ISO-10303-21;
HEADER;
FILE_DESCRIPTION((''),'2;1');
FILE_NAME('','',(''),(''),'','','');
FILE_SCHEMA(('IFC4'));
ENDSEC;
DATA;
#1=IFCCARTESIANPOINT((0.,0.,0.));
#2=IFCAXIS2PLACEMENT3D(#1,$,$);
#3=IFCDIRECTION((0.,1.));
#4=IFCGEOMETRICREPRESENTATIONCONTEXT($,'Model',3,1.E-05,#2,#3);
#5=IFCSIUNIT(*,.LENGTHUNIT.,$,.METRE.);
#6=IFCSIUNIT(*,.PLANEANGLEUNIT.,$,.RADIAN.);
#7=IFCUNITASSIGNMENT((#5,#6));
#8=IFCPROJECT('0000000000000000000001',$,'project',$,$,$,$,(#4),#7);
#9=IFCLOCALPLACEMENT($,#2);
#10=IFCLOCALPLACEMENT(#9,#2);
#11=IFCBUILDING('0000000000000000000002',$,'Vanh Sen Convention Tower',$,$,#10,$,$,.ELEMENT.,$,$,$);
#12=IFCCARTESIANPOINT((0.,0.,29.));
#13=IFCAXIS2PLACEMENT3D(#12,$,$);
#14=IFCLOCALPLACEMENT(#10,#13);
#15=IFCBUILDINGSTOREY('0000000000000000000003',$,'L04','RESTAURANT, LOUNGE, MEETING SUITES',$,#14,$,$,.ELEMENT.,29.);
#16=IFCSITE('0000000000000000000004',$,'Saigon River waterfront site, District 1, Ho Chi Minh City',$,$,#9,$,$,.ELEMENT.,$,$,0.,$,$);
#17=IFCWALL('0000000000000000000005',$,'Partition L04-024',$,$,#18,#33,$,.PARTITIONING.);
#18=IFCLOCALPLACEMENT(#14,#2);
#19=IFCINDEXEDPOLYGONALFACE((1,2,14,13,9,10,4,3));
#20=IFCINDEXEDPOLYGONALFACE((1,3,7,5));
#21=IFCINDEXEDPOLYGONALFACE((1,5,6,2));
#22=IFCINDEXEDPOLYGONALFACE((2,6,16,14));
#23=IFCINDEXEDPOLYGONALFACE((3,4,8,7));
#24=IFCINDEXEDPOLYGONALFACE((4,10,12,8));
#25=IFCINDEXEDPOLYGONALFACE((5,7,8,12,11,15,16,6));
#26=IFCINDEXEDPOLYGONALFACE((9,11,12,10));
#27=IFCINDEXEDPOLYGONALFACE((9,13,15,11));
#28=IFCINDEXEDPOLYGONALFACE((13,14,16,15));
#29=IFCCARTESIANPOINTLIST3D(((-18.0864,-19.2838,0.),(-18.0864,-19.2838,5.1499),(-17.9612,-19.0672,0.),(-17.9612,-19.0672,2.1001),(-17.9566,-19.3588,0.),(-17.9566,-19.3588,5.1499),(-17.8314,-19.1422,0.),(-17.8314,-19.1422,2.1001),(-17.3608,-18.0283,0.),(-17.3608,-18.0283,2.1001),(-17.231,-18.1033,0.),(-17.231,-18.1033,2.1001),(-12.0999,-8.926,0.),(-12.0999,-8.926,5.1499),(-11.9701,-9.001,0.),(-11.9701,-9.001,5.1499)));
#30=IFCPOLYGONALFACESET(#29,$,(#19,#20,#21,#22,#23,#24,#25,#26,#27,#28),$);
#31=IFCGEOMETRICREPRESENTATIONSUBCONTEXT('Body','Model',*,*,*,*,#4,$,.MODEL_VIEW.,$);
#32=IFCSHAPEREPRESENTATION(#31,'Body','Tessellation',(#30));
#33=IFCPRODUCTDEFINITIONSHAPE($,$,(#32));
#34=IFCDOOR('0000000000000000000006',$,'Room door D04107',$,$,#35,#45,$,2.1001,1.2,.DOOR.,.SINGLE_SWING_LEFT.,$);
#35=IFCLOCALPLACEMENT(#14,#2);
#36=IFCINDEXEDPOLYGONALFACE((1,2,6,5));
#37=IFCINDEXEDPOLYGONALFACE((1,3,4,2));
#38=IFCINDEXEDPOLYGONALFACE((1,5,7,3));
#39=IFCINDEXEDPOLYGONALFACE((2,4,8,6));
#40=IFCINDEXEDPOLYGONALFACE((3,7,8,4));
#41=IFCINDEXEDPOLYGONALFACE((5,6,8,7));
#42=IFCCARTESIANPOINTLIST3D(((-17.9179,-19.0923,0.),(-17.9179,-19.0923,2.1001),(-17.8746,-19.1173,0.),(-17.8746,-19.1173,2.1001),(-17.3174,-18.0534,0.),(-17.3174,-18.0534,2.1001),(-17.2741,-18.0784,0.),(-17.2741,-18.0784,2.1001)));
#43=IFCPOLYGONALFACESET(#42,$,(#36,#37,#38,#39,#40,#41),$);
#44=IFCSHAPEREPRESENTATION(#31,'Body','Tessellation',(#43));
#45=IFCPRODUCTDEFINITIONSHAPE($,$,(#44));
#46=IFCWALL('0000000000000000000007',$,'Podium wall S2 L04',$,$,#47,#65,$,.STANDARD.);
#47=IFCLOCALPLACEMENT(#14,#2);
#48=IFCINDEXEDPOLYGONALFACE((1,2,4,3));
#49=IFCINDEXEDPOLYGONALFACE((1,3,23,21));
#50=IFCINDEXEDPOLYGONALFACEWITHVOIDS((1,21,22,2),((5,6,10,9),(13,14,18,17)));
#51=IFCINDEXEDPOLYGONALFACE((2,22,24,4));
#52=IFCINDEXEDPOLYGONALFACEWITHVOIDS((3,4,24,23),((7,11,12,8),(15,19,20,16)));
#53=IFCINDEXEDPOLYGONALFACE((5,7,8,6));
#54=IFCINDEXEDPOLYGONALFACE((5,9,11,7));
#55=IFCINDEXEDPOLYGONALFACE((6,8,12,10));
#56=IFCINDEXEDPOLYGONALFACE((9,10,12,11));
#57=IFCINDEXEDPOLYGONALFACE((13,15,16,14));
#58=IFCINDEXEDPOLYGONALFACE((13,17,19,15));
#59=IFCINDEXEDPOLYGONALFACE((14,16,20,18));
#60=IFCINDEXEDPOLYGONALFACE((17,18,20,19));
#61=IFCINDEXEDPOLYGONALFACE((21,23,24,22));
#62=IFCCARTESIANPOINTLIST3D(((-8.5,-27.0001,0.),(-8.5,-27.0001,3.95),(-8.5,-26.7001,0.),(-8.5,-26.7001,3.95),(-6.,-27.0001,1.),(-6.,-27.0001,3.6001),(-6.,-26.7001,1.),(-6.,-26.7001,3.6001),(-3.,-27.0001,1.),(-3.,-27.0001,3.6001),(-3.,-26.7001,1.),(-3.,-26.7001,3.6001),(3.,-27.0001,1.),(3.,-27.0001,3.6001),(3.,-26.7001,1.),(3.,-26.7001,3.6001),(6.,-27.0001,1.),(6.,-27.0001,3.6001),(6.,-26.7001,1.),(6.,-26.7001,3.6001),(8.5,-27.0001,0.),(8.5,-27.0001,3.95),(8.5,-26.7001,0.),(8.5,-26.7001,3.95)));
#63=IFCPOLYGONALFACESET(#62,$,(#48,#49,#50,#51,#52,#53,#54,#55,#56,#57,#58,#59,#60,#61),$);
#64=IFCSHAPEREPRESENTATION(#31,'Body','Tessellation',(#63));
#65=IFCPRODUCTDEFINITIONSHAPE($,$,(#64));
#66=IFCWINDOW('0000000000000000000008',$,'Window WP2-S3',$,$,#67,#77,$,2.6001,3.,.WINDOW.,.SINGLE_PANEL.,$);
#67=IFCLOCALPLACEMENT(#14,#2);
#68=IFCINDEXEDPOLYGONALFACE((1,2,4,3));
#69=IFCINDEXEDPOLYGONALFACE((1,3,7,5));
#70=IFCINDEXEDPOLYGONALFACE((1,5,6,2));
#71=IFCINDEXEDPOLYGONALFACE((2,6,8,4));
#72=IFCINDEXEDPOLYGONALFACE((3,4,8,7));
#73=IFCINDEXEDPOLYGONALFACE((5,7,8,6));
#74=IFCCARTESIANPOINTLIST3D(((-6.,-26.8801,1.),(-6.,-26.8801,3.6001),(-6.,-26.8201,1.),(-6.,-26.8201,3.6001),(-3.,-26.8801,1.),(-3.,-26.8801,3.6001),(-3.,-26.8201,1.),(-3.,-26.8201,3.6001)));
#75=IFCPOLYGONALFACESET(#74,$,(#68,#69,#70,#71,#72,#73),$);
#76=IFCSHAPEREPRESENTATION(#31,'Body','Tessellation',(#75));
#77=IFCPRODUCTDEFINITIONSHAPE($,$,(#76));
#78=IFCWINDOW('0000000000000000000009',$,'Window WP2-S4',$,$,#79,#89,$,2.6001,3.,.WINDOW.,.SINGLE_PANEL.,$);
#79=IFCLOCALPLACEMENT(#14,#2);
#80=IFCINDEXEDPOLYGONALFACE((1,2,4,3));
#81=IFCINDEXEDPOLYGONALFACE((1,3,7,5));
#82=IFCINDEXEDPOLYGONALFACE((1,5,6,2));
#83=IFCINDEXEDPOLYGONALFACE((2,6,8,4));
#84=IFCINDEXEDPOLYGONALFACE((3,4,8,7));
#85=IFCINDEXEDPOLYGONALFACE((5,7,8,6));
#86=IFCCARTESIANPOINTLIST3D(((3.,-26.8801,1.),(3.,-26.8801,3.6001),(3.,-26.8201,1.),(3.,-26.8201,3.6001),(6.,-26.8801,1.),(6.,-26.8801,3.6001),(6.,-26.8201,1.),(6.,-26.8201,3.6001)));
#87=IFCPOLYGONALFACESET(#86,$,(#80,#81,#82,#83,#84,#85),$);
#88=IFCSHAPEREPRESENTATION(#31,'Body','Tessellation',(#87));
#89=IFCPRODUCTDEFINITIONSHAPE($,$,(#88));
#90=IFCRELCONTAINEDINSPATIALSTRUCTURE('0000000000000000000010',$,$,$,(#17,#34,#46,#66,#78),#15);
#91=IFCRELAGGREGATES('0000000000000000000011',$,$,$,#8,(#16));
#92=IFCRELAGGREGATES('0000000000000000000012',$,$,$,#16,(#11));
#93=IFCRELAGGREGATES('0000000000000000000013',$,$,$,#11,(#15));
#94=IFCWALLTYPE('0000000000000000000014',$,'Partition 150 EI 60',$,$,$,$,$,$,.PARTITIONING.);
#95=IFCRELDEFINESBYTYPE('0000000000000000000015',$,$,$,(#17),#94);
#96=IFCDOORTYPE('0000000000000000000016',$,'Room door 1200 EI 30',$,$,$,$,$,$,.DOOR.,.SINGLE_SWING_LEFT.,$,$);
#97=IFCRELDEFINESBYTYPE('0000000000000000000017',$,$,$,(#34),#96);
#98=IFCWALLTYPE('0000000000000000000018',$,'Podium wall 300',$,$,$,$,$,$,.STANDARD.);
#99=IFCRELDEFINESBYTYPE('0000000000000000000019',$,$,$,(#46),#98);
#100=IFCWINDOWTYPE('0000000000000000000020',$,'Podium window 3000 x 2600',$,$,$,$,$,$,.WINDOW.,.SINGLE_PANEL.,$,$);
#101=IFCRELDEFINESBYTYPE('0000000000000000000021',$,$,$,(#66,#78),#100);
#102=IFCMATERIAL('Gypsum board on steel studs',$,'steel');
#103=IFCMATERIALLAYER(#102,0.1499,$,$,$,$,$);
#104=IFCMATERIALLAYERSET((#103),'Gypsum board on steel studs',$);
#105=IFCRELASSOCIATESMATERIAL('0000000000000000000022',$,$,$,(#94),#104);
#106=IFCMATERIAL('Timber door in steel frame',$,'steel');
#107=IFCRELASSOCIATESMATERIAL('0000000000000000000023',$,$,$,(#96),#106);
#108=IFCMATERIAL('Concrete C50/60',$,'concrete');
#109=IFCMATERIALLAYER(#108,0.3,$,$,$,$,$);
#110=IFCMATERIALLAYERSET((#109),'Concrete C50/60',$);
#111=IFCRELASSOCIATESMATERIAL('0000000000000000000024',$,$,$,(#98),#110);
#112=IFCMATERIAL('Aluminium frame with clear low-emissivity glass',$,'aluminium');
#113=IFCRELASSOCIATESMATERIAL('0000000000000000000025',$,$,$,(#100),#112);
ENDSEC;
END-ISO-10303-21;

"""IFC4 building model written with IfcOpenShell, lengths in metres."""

from ifc_helpers import new_model, si_unit, direction, frame, frame_2d, origin, place, context, subcontext, project, spatial, rectangle, extrude, material, layer, layer_set, type_object, element, fill, save


model = new_model("IFC4")

# Units and contexts
model_context = context("Model", 3, precision=1e-05, world=origin(), true_north=direction((0.0, 1.0)))
body_context = subcontext(model_context, "Body", "Model", "MODEL_VIEW")
ifc_project = project(units=[si_unit("LENGTHUNIT", "METRE"), si_unit("PLANEANGLEUNIT", "RADIAN")], contexts=[model_context])

# Site, building, storey
site_placement = place(None, origin())
site = spatial("IfcSite", under=ifc_project, at=site_placement, Name="Saigon River waterfront site, District 1, Ho Chi Minh City", CompositionType="ELEMENT", RefElevation=0.0)
building_placement = place(site_placement, origin())
building = spatial("IfcBuilding", under=site, at=building_placement, Name="Vanh Sen Convention Tower", CompositionType="ELEMENT")
storey_placement = place(building_placement, frame((0.0, 0.0, 29.0)))
storey = spatial("IfcBuildingStorey", under=building, at=storey_placement, Name="L04", Description="RESTAURANT, LOUNGE, MEETING SUITES", CompositionType="ELEMENT", Elevation=29.0)

# Shared definitions
ifc_material_1 = material(Name="Gypsum board on steel studs", Category="steel")
ifc_layer_1 = layer(ifc_material_1, 0.1499)
ifc_layer_set_1 = layer_set([ifc_layer_1], Name="Gypsum board on steel studs")
wall_type_1 = type_object("IfcWallType", Name="Partition 150 EI 60", PredefinedType="PARTITIONING", material=ifc_layer_set_1)

# Shared definitions
ifc_material_2 = material(Name="Timber door in steel frame", Category="steel")
door_type = type_object("IfcDoorType", Name="Room door 1200 EI 30", OperationType="SINGLE_SWING_LEFT", PredefinedType="DOOR", material=ifc_material_2)

# Wall, opening, door
wall_1_placement = place(storey_placement, frame((-18.0215, -19.3213, 0.0), z_axis=(0.0, 0.0, 1.0), x_axis=(0.500403, 0.865793, 0.0)))
wall_1 = element("IfcWall", 1, at=wall_1_placement, inside=storey, type_object=wall_type_1, Name="Partition L04-024", PredefinedType="PARTITIONING", context=body_context, shape_type="SweptSolid", body=[
    extrude(rectangle(XDim=11.9634, YDim=0.1499, at=frame_2d((5.9817, 0.0))), origin(), (0.0, 0.0, 1.0), 5.1499),
])
opening_1_placement = place(wall_1_placement, frame((0.25, 0.0, 0.0)))
opening_1 = element("IfcOpeningElement", 2, at=opening_1_placement, cuts=wall_1, PredefinedType="OPENING", context=body_context, shape_type="SweptSolid", body=[
    extrude(rectangle(XDim=1.2, YDim=2.1001, at=frame_2d((0.6001, 1.05))), frame((0.0, 0.085, 0.0), z_axis=(0.0, -1.0, 0.0), x_axis=(1.0, 0.0, 0.0)), (0.0, 0.0, 1.0), 0.1699),
])
door_1_placement = place(opening_1_placement, origin())
door_1 = element("IfcDoor", 3, at=door_1_placement, inside=storey, type_object=door_type, Name="Room door D04107", OperationType="SINGLE_SWING_LEFT", OverallHeight=2.1001, OverallWidth=1.2, PredefinedType="DOOR", context=body_context, shape_type="SweptSolid", body=[
    extrude(rectangle(XDim=1.2, YDim=2.1001, at=frame_2d((0.6001, 1.05))), frame((0.0, 0.0249, 0.0), z_axis=(0.0, -1.0, 0.0), x_axis=(1.0, 0.0, 0.0)), (0.0, 0.0, 1.0), 0.05),
])
fill(opening_1, door_1)

# Wall, openings, windows
ifc_material_3 = material(Name="Concrete C50/60", Category="concrete")
ifc_layer_2 = layer(ifc_material_3, 0.3)
ifc_layer_set_2 = layer_set([ifc_layer_2], Name="Concrete C50/60")
wall_type_2 = type_object("IfcWallType", Name="Podium wall 300", PredefinedType="STANDARD", material=ifc_layer_set_2)
wall_2_placement = place(storey_placement, frame((-8.5, -26.8501, 0.0), z_axis=(0.0, 0.0, 1.0), x_axis=(1.0, 0.0, 0.0)))
wall_2 = element("IfcWall", 4, at=wall_2_placement, inside=storey, type_object=wall_type_2, Name="Podium wall S2 L04", PredefinedType="STANDARD", context=body_context, shape_type="SweptSolid", body=[
    extrude(rectangle(XDim=17.0, YDim=0.3, at=frame_2d((8.5, 0.0))), origin(), (0.0, 0.0, 1.0), 3.95),
])
opening_2_placement = place(wall_2_placement, frame((2.5, 0.0, 1.0)))
opening_2 = element("IfcOpeningElement", 5, at=opening_2_placement, cuts=wall_2, PredefinedType="OPENING", context=body_context, shape_type="SweptSolid", body=[
    extrude(rectangle(XDim=3.0, YDim=2.6001, at=frame_2d((1.5, 1.3))), frame((0.0, 0.1599, 0.0), z_axis=(0.0, -1.0, 0.0), x_axis=(1.0, 0.0, 0.0)), (0.0, 0.0, 1.0), 0.3201),
])
opening_3_placement = place(wall_2_placement, frame((11.5, 0.0, 1.0)))
opening_3 = element("IfcOpeningElement", 6, at=opening_3_placement, cuts=wall_2, PredefinedType="OPENING", context=body_context, shape_type="SweptSolid", body=[
    extrude(rectangle(XDim=3.0, YDim=2.6001, at=frame_2d((1.5, 1.3))), frame((0.0, 0.1599, 0.0), z_axis=(0.0, -1.0, 0.0), x_axis=(1.0, 0.0, 0.0)), (0.0, 0.0, 1.0), 0.3201),
])
ifc_material_4 = material(Name="Aluminium frame with clear low-emissivity glass", Category="aluminium")
window_type = type_object("IfcWindowType", Name="Podium window 3000 x 2600", PartitioningType="SINGLE_PANEL", PredefinedType="WINDOW", material=ifc_material_4)
window_1_placement = place(opening_2_placement, origin())
window_1 = element("IfcWindow", 7, at=window_1_placement, inside=storey, type_object=window_type, Name="Window WP2-S3", OverallHeight=2.6001, OverallWidth=3.0, PartitioningType="SINGLE_PANEL", PredefinedType="WINDOW", context=body_context, shape_type="SweptSolid", body=[
    extrude(rectangle(XDim=3.0, YDim=2.6001, at=frame_2d((1.5, 1.3))), frame((0.0, 0.03, 0.0), z_axis=(0.0, -1.0, 0.0), x_axis=(1.0, 0.0, 0.0)), (0.0, 0.0, 1.0), 0.0601),
])
fill(opening_2, window_1)
window_2_placement = place(opening_3_placement, origin())
window_2 = element("IfcWindow", 8, at=window_2_placement, inside=storey, type_object=window_type, Name="Window WP2-S4", OverallHeight=2.6001, OverallWidth=3.0, PartitioningType="SINGLE_PANEL", PredefinedType="WINDOW", context=body_context, shape_type="SweptSolid", body=[
    extrude(rectangle(XDim=3.0, YDim=2.6001, at=frame_2d((1.5, 1.3))), frame((0.0, 0.03, 0.0), z_axis=(0.0, -1.0, 0.0), x_axis=(1.0, 0.0, 0.0)), (0.0, 0.0, 1.0), 0.0601),
])
fill(opening_3, window_2)

save(model, "model.ifc")
